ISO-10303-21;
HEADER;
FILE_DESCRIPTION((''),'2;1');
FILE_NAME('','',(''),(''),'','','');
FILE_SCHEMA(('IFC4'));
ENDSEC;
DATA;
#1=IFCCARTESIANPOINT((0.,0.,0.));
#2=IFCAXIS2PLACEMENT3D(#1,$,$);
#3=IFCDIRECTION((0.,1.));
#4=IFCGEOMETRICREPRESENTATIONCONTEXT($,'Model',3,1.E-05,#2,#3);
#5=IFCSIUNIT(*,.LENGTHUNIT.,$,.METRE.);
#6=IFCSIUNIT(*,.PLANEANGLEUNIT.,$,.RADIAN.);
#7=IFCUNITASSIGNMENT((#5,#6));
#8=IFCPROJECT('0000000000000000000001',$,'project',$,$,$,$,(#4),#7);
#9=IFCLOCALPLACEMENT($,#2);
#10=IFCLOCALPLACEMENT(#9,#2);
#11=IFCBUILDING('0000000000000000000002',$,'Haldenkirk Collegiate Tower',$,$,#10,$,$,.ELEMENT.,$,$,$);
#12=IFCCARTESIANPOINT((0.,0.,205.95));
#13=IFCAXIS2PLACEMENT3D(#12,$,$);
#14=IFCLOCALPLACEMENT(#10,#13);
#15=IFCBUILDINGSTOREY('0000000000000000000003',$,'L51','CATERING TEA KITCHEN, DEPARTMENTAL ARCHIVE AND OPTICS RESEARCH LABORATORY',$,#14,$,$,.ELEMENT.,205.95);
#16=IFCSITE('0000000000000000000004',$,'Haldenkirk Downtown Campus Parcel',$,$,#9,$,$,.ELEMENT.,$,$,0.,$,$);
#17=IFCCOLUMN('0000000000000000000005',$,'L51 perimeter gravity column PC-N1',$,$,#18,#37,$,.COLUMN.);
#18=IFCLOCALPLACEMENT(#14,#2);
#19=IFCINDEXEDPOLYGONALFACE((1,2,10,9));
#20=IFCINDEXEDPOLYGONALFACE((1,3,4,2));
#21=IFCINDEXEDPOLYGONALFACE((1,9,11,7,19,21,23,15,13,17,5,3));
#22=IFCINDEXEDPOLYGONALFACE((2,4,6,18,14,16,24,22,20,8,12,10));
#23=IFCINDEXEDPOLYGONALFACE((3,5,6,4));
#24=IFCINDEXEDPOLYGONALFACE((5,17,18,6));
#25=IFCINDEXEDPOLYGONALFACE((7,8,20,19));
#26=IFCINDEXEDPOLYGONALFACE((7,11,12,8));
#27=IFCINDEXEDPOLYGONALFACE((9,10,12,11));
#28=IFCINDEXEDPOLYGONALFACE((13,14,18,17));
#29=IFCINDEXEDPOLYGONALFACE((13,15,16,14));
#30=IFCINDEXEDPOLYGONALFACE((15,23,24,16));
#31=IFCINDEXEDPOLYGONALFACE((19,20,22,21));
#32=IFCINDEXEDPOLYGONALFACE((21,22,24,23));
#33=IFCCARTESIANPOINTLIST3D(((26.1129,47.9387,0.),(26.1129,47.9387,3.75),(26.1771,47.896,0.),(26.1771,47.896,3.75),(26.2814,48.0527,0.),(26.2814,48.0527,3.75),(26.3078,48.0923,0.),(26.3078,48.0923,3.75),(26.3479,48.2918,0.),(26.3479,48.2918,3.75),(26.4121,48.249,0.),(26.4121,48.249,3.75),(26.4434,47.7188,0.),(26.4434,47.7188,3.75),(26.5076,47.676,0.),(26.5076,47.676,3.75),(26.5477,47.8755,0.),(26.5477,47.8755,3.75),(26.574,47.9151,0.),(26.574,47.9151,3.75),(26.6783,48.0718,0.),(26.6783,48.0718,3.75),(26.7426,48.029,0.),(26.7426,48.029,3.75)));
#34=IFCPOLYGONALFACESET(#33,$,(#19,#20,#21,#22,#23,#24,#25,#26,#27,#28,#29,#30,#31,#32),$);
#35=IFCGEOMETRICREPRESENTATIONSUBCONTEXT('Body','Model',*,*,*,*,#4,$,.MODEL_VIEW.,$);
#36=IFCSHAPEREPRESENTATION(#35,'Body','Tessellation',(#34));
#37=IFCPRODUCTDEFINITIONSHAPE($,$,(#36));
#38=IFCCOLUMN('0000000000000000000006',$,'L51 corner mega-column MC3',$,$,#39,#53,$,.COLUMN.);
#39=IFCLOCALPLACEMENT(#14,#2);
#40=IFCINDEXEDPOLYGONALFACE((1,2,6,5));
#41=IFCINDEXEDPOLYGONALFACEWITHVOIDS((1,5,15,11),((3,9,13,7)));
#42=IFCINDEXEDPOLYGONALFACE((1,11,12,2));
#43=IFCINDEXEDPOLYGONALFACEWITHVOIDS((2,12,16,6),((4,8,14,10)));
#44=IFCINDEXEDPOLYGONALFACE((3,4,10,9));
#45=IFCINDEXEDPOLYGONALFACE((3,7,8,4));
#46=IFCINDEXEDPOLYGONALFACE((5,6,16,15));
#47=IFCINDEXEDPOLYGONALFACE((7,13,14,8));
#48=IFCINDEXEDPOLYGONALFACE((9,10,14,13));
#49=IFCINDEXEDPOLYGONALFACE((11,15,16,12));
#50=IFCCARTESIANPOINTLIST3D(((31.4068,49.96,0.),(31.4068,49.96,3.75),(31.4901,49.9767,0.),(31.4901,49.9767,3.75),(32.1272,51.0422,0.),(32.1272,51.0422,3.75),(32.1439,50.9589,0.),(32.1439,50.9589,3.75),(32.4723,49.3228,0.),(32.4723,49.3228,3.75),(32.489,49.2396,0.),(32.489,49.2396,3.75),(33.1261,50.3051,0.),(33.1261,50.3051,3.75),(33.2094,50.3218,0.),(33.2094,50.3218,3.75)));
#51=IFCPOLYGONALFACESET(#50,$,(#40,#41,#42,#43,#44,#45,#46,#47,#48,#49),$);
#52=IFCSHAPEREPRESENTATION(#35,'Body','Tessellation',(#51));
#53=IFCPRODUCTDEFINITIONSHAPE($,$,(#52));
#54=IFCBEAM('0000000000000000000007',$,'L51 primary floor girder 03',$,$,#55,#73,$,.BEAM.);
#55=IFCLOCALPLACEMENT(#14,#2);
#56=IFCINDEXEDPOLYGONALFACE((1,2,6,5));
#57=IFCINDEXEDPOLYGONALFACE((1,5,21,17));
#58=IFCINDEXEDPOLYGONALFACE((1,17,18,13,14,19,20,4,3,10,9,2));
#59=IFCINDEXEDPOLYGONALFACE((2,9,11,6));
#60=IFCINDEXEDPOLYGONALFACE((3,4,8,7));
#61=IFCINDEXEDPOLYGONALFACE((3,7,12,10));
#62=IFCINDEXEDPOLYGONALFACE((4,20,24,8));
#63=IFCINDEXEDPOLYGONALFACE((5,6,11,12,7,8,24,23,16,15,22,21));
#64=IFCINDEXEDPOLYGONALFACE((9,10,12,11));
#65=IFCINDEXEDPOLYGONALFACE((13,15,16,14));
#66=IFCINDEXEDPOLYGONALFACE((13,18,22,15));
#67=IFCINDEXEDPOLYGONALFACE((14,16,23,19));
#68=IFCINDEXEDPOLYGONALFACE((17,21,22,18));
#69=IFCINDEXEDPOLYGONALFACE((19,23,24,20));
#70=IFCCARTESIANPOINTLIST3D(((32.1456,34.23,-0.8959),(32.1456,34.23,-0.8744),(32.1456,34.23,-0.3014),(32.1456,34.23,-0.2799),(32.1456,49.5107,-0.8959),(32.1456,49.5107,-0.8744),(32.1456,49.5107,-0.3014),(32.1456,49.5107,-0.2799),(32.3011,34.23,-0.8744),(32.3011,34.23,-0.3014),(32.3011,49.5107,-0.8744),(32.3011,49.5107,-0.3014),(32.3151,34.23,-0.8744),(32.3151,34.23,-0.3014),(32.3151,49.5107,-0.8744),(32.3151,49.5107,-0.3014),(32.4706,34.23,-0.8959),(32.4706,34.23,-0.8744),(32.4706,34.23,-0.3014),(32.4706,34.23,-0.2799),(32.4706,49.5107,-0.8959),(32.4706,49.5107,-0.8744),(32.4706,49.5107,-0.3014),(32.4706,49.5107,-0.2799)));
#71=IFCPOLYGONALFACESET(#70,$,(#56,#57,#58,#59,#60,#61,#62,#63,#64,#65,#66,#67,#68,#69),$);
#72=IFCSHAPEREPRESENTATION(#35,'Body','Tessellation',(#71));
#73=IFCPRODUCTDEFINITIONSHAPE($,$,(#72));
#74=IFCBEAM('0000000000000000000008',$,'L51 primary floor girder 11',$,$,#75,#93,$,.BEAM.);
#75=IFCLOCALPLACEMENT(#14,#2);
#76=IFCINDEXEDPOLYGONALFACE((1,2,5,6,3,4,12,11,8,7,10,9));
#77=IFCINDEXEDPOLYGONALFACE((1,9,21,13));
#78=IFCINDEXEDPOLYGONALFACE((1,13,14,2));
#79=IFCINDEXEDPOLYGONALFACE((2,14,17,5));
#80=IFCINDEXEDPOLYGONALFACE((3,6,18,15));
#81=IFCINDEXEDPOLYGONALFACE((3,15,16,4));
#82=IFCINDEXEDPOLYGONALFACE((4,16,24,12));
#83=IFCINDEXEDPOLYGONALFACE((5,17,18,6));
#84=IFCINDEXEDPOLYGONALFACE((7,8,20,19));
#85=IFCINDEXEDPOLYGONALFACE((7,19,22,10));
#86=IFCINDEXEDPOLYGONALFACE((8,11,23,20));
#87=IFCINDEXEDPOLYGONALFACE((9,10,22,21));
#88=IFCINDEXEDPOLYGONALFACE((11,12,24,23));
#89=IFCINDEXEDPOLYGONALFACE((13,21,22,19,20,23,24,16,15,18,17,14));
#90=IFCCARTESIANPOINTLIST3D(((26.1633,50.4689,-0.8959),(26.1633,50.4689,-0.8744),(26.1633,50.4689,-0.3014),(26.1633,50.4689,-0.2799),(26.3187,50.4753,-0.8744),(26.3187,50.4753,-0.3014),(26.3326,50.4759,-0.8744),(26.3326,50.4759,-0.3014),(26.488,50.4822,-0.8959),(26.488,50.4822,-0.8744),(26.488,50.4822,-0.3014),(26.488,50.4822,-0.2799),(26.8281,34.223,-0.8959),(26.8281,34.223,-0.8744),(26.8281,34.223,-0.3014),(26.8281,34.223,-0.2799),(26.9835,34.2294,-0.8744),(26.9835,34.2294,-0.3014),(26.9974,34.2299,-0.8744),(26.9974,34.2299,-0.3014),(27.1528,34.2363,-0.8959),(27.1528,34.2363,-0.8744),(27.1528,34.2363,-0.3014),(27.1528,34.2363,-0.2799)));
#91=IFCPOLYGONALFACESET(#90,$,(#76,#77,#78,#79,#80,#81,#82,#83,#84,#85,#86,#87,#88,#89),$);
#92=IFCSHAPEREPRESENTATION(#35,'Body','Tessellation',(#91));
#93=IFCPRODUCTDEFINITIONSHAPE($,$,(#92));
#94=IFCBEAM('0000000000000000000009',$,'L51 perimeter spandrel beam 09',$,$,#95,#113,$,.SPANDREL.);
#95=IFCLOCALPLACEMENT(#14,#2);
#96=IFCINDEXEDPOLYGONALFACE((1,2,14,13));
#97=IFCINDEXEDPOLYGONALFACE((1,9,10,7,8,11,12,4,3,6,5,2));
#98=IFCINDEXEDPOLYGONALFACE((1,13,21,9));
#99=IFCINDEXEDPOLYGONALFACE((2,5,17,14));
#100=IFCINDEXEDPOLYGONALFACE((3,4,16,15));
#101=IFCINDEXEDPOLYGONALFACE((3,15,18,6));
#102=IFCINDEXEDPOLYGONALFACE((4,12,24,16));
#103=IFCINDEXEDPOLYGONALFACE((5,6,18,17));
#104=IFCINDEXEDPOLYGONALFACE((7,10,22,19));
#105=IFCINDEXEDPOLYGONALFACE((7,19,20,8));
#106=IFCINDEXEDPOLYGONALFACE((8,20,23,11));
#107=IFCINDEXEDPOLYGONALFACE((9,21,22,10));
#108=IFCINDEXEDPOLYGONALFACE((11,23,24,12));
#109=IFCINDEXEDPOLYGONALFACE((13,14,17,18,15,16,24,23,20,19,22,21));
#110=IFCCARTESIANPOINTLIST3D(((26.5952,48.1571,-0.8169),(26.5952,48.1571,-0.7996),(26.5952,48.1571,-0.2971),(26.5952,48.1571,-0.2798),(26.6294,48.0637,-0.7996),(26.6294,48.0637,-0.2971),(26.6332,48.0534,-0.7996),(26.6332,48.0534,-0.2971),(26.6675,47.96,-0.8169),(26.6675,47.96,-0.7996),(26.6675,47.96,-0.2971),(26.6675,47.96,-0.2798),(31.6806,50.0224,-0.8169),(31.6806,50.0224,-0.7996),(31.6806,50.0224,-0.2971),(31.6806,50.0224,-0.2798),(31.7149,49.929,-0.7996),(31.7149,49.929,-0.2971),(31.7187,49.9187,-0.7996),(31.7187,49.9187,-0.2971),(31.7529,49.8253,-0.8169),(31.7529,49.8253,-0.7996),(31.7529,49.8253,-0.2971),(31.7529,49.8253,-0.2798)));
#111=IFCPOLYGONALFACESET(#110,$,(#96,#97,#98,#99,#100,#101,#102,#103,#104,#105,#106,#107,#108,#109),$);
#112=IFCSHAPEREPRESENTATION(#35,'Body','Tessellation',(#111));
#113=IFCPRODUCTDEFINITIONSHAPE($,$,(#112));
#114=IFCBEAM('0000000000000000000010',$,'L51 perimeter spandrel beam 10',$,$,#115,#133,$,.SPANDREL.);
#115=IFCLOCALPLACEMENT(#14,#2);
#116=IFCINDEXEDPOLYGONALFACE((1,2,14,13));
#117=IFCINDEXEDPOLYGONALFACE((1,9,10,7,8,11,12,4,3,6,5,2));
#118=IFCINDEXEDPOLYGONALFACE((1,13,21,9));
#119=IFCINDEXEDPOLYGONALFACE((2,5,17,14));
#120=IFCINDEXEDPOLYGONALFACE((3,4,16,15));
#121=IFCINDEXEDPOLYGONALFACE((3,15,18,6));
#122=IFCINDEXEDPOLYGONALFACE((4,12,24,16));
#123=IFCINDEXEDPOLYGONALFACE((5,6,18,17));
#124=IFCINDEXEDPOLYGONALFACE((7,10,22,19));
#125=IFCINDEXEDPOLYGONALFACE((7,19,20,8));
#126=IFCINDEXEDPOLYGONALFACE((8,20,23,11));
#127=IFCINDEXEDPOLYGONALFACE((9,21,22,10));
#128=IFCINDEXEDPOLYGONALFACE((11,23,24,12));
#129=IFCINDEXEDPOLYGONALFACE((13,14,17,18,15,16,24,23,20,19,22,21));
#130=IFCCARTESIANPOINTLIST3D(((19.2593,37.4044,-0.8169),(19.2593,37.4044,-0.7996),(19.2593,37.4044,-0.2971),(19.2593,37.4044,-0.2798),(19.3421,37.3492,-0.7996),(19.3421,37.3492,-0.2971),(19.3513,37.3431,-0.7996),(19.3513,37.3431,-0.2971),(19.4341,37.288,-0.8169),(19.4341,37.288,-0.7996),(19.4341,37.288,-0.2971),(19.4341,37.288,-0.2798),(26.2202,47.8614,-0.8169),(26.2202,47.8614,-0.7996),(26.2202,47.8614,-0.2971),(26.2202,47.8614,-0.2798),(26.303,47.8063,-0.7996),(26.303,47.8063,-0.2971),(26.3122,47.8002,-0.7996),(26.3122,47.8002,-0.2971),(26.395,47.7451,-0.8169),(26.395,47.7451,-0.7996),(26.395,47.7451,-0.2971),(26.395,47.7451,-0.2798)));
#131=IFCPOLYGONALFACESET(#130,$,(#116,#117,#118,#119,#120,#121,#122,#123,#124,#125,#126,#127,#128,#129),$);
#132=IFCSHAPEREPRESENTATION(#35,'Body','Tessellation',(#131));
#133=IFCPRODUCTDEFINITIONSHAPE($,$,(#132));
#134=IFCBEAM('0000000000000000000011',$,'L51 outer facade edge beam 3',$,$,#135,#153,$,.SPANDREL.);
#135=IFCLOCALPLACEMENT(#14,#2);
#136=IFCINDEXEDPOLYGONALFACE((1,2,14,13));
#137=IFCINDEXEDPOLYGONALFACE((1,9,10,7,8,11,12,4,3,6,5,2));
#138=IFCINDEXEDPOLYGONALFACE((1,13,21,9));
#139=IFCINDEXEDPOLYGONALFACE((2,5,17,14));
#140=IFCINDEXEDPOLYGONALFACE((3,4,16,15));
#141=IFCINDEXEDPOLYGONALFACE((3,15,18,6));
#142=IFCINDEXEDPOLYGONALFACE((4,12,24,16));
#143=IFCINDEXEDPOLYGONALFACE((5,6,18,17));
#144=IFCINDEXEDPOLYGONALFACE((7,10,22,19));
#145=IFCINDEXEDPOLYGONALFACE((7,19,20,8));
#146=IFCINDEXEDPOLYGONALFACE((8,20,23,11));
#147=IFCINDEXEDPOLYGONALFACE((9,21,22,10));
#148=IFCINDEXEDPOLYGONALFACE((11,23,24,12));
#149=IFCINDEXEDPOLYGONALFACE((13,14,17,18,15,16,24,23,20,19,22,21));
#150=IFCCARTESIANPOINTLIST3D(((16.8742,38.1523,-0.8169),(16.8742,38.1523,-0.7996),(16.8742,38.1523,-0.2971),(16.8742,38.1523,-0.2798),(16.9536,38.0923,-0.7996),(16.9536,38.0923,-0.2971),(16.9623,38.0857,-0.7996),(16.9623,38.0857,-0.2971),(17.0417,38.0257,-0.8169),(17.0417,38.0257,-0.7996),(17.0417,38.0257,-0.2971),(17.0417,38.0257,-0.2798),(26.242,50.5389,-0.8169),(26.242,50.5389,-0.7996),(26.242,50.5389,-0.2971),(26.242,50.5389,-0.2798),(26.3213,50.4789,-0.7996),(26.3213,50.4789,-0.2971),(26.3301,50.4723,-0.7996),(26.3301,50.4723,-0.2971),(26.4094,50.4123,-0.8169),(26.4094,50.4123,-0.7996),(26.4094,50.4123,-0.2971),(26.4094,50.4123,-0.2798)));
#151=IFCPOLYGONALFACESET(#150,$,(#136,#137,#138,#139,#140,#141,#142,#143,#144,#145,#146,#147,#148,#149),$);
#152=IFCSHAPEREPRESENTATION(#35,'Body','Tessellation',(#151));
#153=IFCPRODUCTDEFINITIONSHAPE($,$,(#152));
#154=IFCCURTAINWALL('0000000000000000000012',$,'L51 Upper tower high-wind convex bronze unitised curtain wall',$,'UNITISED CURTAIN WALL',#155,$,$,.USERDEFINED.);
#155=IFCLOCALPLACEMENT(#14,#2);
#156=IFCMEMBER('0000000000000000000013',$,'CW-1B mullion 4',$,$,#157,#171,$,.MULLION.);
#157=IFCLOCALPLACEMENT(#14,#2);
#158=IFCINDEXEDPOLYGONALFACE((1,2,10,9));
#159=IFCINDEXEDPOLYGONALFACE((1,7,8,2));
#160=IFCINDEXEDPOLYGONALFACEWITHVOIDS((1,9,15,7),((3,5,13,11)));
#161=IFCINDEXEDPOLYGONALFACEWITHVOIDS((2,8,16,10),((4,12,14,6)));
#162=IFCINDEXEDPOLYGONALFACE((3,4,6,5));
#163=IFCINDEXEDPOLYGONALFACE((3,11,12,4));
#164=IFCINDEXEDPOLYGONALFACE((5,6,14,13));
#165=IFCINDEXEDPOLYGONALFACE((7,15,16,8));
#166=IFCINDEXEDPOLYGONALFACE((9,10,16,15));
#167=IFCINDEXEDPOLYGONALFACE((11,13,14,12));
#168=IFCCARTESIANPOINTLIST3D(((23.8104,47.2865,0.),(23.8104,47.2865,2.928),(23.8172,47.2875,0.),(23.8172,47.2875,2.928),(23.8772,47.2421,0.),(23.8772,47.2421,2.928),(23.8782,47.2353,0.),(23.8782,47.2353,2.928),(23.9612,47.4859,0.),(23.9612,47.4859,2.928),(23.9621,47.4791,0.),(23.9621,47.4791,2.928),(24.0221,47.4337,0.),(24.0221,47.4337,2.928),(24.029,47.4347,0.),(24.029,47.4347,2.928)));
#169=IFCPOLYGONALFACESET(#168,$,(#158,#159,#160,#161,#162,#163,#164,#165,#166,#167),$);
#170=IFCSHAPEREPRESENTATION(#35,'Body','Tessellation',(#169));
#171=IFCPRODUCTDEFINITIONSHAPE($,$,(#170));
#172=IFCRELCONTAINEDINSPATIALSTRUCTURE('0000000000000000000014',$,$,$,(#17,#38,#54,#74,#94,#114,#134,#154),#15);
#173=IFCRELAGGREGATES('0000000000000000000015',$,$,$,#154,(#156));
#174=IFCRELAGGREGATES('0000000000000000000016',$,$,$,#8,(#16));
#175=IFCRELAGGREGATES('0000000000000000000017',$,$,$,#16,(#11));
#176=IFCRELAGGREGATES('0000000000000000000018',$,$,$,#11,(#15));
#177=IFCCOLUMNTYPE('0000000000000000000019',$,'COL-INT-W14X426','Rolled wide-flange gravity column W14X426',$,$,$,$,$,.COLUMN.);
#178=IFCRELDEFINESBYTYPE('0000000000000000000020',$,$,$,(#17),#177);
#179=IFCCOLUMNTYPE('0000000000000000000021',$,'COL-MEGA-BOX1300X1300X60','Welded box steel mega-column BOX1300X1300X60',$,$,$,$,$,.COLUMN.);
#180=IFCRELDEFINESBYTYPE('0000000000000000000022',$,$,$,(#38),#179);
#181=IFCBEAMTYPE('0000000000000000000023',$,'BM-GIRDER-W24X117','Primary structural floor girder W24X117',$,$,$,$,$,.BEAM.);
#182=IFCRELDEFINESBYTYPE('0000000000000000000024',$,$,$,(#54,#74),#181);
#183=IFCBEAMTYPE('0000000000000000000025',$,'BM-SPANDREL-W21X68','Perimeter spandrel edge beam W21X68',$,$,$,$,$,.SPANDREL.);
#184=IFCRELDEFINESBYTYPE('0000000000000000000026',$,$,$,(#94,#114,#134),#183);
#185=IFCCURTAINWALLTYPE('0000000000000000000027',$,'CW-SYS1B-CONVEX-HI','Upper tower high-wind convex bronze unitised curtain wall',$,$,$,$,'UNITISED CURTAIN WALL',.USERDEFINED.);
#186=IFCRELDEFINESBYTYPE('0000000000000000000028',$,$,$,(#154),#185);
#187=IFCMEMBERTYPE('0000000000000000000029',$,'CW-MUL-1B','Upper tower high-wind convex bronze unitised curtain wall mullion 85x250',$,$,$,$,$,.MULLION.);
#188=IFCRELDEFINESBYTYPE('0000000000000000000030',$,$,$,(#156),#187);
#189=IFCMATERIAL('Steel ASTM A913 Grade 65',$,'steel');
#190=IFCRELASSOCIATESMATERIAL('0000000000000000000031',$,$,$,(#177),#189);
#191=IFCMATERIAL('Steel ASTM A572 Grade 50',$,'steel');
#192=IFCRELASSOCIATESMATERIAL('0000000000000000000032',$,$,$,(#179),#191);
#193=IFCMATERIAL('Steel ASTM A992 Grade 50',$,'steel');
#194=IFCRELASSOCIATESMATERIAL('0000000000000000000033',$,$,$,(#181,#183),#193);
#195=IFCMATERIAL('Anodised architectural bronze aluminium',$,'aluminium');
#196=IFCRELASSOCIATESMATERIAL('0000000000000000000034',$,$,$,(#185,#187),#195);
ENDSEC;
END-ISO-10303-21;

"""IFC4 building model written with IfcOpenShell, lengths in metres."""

from ifc_helpers import new_model, si_unit, direction, frame, origin, origin_2d, place, context, subcontext, project, spatial, hollow_rectangle, i_section, extrude, material, material_profile, profile_set, type_object, element, aggregate, save


model = new_model("IFC4")

# Units and contexts
model_context = context("Model", 3, precision=1e-05, world=origin(), true_north=direction((0.0, 1.0)))
body_context = subcontext(model_context, "Body", "Model", "MODEL_VIEW")
ifc_project = project(units=[si_unit("LENGTHUNIT", "METRE"), si_unit("PLANEANGLEUNIT", "RADIAN")], contexts=[model_context])

# Site, building, storey
site_placement = place(None, origin())
site = spatial("IfcSite", under=ifc_project, at=site_placement, Name="Haldenkirk Downtown Campus Parcel", CompositionType="ELEMENT", RefElevation=0.0)
building_placement = place(site_placement, origin())
building = spatial("IfcBuilding", under=site, at=building_placement, Name="Haldenkirk Collegiate Tower", CompositionType="ELEMENT")
storey_placement = place(building_placement, frame((0.0, 0.0, 205.95)))
storey = spatial("IfcBuildingStorey", under=building, at=storey_placement, Name="L51", Description="CATERING TEA KITCHEN, DEPARTMENTAL ARCHIVE AND OPTICS RESEARCH LABORATORY", CompositionType="ELEMENT", Elevation=205.95)

# Columns
ifc_material_1 = material(Name="Steel ASTM A913 Grade 65", Category="steel")
ifc_material_profile_1 = material_profile(ifc_material_1, i_section(OverallWidth=0.4241, OverallDepth=0.4741, WebThickness=0.0476, FlangeThickness=0.0771, at=origin_2d()), Name="W14X426")
ifc_profile_set_1 = profile_set([ifc_material_profile_1], Name="Steel ASTM A913 Grade 65")
column_type_1 = type_object("IfcColumnType", Name="COL-INT-W14X426", Description="Rolled wide-flange gravity column W14X426", PredefinedType="COLUMN", material=ifc_profile_set_1)
column_1_placement = place(storey_placement, frame((26.4277, 47.9839, 0.0), z_axis=(0.0, 0.0, 1.0), x_axis=(0.554118, 0.832438, 0.0)))
element("IfcColumn", 1, at=column_1_placement, inside=storey, type_object=column_type_1, Name="L51 perimeter gravity column PC-N1", PredefinedType="COLUMN", context=body_context, shape_type="SweptSolid", body=[
    extrude(i_section(OverallWidth=0.4241, OverallDepth=0.4741, WebThickness=0.0476, FlangeThickness=0.0771, at=origin_2d()), origin(), (0.0, 0.0, 1.0), 3.75),
])
ifc_material_2 = material(Name="Steel ASTM A572 Grade 50", Category="steel")
ifc_material_profile_2 = material_profile(ifc_material_2, hollow_rectangle(XDim=1.3, YDim=1.3, WallThickness=0.0601, at=origin_2d()), Name="BOX1300X1300X60")
ifc_profile_set_2 = profile_set([ifc_material_profile_2], Name="Steel ASTM A572 Grade 50")
column_type_2 = type_object("IfcColumnType", Name="COL-MEGA-BOX1300X1300X60", Description="Welded box steel mega-column BOX1300X1300X60", PredefinedType="COLUMN", material=ifc_profile_set_2)
column_2_placement = place(storey_placement, frame((32.3081, 50.1409, 0.0), z_axis=(0.0, 0.0, 1.0), x_axis=(0.554118, 0.832438, 0.0)))
element("IfcColumn", 2, at=column_2_placement, inside=storey, type_object=column_type_2, Name="L51 corner mega-column MC3", PredefinedType="COLUMN", context=body_context, shape_type="SweptSolid", body=[
    extrude(hollow_rectangle(XDim=1.3, YDim=1.3, WallThickness=0.0601, at=origin_2d()), origin(), (0.0, 0.0, 1.0), 3.75),
])

# Beams
ifc_material_3 = material(Name="Steel ASTM A992 Grade 50", Category="steel")
ifc_material_profile_3 = material_profile(ifc_material_3, i_section(OverallWidth=0.325, OverallDepth=0.616, WebThickness=0.0139, FlangeThickness=0.0215, at=origin_2d()), Name="W24X117")
ifc_profile_set_3 = profile_set([ifc_material_profile_3], Name="Steel ASTM A992 Grade 50")
beam_type_1 = type_object("IfcBeamType", Name="BM-GIRDER-W24X117", Description="Primary structural floor girder W24X117", PredefinedType="BEAM", material=ifc_profile_set_3)
beam_1_placement = place(storey_placement, frame((32.3081, 49.5107, -0.5879), z_axis=(0.0, -1.0, 0.0), x_axis=(1.0, 0.0, 0.0)))
element("IfcBeam", 3, at=beam_1_placement, inside=storey, type_object=beam_type_1, Name="L51 primary floor girder 03", PredefinedType="BEAM", context=body_context, shape_type="SweptSolid", body=[
    extrude(i_section(OverallWidth=0.325, OverallDepth=0.616, WebThickness=0.0139, FlangeThickness=0.0215, at=origin_2d()), origin(), (0.0, 0.0, 1.0), 15.2808),
])
beam_2_placement = place(storey_placement, frame((26.3257, 50.4756, -0.5879), z_axis=(0.040887, -0.999164, 0.0), x_axis=(0.999164, 0.040887, 0.0)))
element("IfcBeam", 4, at=beam_2_placement, inside=storey, type_object=beam_type_1, Name="L51 primary floor girder 11", PredefinedType="BEAM", context=body_context, shape_type="SweptSolid", body=[
    extrude(i_section(OverallWidth=0.325, OverallDepth=0.616, WebThickness=0.0139, FlangeThickness=0.0215, at=origin_2d()), origin(), (0.0, 0.0, 1.0), 16.2595),
])
ifc_material_profile_4 = material_profile(ifc_material_3, i_section(OverallWidth=0.21, OverallDepth=0.5371, WebThickness=0.011, FlangeThickness=0.0173, at=origin_2d()), Name="W21X68")
ifc_profile_set_4 = profile_set([ifc_material_profile_4], Name="Steel ASTM A992 Grade 50")
beam_type_2 = type_object("IfcBeamType", Name="BM-SPANDREL-W21X68", Description="Perimeter spandrel edge beam W21X68", PredefinedType="SPANDREL", material=ifc_profile_set_4)
beam_3_placement = place(storey_placement, frame((31.7168, 49.9238, -0.5483), z_axis=(-0.938842, -0.344347, 0.0), x_axis=(0.344347, -0.938842, 0.0)))
element("IfcBeam", 5, at=beam_3_placement, inside=storey, type_object=beam_type_2, Name="L51 perimeter spandrel beam 09", PredefinedType="SPANDREL", context=body_context, shape_type="SweptSolid", body=[
    extrude(i_section(OverallWidth=0.21, OverallDepth=0.5371, WebThickness=0.011, FlangeThickness=0.0173, at=origin_2d()), origin(), (0.0, 0.0, 1.0), 5.4167),
])
beam_4_placement = place(storey_placement, frame((26.3076, 47.8032, -0.5483), z_axis=(-0.554126, -0.832433, 0.0), x_axis=(0.832433, -0.554126, 0.0)))
element("IfcBeam", 6, at=beam_4_placement, inside=storey, type_object=beam_type_2, Name="L51 perimeter spandrel beam 10", PredefinedType="SPANDREL", context=body_context, shape_type="SweptSolid", body=[
    extrude(i_section(OverallWidth=0.21, OverallDepth=0.5371, WebThickness=0.011, FlangeThickness=0.0173, at=origin_2d()), origin(), (0.0, 0.0, 1.0), 12.562),
])
beam_5_placement = place(storey_placement, frame((26.3257, 50.4756, -0.5483), z_axis=(-0.603202, -0.797588, 0.0), x_axis=(0.797588, -0.603202, 0.0)))
element("IfcBeam", 7, at=beam_5_placement, inside=storey, type_object=beam_type_2, Name="L51 outer facade edge beam 3", PredefinedType="SPANDREL", context=body_context, shape_type="SweptSolid", body=[
    extrude(i_section(OverallWidth=0.21, OverallDepth=0.5371, WebThickness=0.011, FlangeThickness=0.0173, at=origin_2d()), origin(), (0.0, 0.0, 1.0), 15.53),
])

# Curtain wall, member
ifc_material_4 = material(Name="Anodised architectural bronze aluminium", Category="aluminium")
curtain_wall_type = type_object("IfcCurtainWallType", Name="CW-SYS1B-CONVEX-HI", Description="Upper tower high-wind convex bronze unitised curtain wall", ElementType="UNITISED CURTAIN WALL", PredefinedType="USERDEFINED", material=ifc_material_4)
curtain_wall_placement = place(storey_placement, origin())
curtain_wall = element("IfcCurtainWall", 8, at=curtain_wall_placement, inside=storey, type_object=curtain_wall_type, Name="L51 Upper tower high-wind convex bronze unitised curtain wall", ObjectType="UNITISED CURTAIN WALL", PredefinedType="USERDEFINED")
ifc_material_profile_5 = material_profile(ifc_material_4, hollow_rectangle(XDim=0.085, YDim=0.25, WallThickness=0.0049, at=origin_2d()), Name="CW-MUL-1B")
ifc_profile_set_5 = profile_set([ifc_material_profile_5], Name="Anodised architectural bronze aluminium")
member_type_1 = type_object("IfcMemberType", Name="CW-MUL-1B", Description="Upper tower high-wind convex bronze unitised curtain wall mullion 85x250", PredefinedType="MULLION", material=ifc_profile_set_5)
member_1_placement = place(storey_placement, frame((23.9197, 47.3606, 0.0), z_axis=(0.0, 0.0, 1.0), x_axis=(-0.797584, 0.603207, 0.0)))
member_1 = element("IfcMember", 9, at=member_1_placement, type_object=member_type_1, Name="CW-1B mullion 4", PredefinedType="MULLION", context=body_context, shape_type="SweptSolid", body=[
    extrude(hollow_rectangle(XDim=0.085, YDim=0.25, WallThickness=0.0049, at=origin_2d()), origin(), (0.0, 0.0, 1.0), 2.928),
])
aggregate(curtain_wall, [member_1])

save(model, "model.ifc")
